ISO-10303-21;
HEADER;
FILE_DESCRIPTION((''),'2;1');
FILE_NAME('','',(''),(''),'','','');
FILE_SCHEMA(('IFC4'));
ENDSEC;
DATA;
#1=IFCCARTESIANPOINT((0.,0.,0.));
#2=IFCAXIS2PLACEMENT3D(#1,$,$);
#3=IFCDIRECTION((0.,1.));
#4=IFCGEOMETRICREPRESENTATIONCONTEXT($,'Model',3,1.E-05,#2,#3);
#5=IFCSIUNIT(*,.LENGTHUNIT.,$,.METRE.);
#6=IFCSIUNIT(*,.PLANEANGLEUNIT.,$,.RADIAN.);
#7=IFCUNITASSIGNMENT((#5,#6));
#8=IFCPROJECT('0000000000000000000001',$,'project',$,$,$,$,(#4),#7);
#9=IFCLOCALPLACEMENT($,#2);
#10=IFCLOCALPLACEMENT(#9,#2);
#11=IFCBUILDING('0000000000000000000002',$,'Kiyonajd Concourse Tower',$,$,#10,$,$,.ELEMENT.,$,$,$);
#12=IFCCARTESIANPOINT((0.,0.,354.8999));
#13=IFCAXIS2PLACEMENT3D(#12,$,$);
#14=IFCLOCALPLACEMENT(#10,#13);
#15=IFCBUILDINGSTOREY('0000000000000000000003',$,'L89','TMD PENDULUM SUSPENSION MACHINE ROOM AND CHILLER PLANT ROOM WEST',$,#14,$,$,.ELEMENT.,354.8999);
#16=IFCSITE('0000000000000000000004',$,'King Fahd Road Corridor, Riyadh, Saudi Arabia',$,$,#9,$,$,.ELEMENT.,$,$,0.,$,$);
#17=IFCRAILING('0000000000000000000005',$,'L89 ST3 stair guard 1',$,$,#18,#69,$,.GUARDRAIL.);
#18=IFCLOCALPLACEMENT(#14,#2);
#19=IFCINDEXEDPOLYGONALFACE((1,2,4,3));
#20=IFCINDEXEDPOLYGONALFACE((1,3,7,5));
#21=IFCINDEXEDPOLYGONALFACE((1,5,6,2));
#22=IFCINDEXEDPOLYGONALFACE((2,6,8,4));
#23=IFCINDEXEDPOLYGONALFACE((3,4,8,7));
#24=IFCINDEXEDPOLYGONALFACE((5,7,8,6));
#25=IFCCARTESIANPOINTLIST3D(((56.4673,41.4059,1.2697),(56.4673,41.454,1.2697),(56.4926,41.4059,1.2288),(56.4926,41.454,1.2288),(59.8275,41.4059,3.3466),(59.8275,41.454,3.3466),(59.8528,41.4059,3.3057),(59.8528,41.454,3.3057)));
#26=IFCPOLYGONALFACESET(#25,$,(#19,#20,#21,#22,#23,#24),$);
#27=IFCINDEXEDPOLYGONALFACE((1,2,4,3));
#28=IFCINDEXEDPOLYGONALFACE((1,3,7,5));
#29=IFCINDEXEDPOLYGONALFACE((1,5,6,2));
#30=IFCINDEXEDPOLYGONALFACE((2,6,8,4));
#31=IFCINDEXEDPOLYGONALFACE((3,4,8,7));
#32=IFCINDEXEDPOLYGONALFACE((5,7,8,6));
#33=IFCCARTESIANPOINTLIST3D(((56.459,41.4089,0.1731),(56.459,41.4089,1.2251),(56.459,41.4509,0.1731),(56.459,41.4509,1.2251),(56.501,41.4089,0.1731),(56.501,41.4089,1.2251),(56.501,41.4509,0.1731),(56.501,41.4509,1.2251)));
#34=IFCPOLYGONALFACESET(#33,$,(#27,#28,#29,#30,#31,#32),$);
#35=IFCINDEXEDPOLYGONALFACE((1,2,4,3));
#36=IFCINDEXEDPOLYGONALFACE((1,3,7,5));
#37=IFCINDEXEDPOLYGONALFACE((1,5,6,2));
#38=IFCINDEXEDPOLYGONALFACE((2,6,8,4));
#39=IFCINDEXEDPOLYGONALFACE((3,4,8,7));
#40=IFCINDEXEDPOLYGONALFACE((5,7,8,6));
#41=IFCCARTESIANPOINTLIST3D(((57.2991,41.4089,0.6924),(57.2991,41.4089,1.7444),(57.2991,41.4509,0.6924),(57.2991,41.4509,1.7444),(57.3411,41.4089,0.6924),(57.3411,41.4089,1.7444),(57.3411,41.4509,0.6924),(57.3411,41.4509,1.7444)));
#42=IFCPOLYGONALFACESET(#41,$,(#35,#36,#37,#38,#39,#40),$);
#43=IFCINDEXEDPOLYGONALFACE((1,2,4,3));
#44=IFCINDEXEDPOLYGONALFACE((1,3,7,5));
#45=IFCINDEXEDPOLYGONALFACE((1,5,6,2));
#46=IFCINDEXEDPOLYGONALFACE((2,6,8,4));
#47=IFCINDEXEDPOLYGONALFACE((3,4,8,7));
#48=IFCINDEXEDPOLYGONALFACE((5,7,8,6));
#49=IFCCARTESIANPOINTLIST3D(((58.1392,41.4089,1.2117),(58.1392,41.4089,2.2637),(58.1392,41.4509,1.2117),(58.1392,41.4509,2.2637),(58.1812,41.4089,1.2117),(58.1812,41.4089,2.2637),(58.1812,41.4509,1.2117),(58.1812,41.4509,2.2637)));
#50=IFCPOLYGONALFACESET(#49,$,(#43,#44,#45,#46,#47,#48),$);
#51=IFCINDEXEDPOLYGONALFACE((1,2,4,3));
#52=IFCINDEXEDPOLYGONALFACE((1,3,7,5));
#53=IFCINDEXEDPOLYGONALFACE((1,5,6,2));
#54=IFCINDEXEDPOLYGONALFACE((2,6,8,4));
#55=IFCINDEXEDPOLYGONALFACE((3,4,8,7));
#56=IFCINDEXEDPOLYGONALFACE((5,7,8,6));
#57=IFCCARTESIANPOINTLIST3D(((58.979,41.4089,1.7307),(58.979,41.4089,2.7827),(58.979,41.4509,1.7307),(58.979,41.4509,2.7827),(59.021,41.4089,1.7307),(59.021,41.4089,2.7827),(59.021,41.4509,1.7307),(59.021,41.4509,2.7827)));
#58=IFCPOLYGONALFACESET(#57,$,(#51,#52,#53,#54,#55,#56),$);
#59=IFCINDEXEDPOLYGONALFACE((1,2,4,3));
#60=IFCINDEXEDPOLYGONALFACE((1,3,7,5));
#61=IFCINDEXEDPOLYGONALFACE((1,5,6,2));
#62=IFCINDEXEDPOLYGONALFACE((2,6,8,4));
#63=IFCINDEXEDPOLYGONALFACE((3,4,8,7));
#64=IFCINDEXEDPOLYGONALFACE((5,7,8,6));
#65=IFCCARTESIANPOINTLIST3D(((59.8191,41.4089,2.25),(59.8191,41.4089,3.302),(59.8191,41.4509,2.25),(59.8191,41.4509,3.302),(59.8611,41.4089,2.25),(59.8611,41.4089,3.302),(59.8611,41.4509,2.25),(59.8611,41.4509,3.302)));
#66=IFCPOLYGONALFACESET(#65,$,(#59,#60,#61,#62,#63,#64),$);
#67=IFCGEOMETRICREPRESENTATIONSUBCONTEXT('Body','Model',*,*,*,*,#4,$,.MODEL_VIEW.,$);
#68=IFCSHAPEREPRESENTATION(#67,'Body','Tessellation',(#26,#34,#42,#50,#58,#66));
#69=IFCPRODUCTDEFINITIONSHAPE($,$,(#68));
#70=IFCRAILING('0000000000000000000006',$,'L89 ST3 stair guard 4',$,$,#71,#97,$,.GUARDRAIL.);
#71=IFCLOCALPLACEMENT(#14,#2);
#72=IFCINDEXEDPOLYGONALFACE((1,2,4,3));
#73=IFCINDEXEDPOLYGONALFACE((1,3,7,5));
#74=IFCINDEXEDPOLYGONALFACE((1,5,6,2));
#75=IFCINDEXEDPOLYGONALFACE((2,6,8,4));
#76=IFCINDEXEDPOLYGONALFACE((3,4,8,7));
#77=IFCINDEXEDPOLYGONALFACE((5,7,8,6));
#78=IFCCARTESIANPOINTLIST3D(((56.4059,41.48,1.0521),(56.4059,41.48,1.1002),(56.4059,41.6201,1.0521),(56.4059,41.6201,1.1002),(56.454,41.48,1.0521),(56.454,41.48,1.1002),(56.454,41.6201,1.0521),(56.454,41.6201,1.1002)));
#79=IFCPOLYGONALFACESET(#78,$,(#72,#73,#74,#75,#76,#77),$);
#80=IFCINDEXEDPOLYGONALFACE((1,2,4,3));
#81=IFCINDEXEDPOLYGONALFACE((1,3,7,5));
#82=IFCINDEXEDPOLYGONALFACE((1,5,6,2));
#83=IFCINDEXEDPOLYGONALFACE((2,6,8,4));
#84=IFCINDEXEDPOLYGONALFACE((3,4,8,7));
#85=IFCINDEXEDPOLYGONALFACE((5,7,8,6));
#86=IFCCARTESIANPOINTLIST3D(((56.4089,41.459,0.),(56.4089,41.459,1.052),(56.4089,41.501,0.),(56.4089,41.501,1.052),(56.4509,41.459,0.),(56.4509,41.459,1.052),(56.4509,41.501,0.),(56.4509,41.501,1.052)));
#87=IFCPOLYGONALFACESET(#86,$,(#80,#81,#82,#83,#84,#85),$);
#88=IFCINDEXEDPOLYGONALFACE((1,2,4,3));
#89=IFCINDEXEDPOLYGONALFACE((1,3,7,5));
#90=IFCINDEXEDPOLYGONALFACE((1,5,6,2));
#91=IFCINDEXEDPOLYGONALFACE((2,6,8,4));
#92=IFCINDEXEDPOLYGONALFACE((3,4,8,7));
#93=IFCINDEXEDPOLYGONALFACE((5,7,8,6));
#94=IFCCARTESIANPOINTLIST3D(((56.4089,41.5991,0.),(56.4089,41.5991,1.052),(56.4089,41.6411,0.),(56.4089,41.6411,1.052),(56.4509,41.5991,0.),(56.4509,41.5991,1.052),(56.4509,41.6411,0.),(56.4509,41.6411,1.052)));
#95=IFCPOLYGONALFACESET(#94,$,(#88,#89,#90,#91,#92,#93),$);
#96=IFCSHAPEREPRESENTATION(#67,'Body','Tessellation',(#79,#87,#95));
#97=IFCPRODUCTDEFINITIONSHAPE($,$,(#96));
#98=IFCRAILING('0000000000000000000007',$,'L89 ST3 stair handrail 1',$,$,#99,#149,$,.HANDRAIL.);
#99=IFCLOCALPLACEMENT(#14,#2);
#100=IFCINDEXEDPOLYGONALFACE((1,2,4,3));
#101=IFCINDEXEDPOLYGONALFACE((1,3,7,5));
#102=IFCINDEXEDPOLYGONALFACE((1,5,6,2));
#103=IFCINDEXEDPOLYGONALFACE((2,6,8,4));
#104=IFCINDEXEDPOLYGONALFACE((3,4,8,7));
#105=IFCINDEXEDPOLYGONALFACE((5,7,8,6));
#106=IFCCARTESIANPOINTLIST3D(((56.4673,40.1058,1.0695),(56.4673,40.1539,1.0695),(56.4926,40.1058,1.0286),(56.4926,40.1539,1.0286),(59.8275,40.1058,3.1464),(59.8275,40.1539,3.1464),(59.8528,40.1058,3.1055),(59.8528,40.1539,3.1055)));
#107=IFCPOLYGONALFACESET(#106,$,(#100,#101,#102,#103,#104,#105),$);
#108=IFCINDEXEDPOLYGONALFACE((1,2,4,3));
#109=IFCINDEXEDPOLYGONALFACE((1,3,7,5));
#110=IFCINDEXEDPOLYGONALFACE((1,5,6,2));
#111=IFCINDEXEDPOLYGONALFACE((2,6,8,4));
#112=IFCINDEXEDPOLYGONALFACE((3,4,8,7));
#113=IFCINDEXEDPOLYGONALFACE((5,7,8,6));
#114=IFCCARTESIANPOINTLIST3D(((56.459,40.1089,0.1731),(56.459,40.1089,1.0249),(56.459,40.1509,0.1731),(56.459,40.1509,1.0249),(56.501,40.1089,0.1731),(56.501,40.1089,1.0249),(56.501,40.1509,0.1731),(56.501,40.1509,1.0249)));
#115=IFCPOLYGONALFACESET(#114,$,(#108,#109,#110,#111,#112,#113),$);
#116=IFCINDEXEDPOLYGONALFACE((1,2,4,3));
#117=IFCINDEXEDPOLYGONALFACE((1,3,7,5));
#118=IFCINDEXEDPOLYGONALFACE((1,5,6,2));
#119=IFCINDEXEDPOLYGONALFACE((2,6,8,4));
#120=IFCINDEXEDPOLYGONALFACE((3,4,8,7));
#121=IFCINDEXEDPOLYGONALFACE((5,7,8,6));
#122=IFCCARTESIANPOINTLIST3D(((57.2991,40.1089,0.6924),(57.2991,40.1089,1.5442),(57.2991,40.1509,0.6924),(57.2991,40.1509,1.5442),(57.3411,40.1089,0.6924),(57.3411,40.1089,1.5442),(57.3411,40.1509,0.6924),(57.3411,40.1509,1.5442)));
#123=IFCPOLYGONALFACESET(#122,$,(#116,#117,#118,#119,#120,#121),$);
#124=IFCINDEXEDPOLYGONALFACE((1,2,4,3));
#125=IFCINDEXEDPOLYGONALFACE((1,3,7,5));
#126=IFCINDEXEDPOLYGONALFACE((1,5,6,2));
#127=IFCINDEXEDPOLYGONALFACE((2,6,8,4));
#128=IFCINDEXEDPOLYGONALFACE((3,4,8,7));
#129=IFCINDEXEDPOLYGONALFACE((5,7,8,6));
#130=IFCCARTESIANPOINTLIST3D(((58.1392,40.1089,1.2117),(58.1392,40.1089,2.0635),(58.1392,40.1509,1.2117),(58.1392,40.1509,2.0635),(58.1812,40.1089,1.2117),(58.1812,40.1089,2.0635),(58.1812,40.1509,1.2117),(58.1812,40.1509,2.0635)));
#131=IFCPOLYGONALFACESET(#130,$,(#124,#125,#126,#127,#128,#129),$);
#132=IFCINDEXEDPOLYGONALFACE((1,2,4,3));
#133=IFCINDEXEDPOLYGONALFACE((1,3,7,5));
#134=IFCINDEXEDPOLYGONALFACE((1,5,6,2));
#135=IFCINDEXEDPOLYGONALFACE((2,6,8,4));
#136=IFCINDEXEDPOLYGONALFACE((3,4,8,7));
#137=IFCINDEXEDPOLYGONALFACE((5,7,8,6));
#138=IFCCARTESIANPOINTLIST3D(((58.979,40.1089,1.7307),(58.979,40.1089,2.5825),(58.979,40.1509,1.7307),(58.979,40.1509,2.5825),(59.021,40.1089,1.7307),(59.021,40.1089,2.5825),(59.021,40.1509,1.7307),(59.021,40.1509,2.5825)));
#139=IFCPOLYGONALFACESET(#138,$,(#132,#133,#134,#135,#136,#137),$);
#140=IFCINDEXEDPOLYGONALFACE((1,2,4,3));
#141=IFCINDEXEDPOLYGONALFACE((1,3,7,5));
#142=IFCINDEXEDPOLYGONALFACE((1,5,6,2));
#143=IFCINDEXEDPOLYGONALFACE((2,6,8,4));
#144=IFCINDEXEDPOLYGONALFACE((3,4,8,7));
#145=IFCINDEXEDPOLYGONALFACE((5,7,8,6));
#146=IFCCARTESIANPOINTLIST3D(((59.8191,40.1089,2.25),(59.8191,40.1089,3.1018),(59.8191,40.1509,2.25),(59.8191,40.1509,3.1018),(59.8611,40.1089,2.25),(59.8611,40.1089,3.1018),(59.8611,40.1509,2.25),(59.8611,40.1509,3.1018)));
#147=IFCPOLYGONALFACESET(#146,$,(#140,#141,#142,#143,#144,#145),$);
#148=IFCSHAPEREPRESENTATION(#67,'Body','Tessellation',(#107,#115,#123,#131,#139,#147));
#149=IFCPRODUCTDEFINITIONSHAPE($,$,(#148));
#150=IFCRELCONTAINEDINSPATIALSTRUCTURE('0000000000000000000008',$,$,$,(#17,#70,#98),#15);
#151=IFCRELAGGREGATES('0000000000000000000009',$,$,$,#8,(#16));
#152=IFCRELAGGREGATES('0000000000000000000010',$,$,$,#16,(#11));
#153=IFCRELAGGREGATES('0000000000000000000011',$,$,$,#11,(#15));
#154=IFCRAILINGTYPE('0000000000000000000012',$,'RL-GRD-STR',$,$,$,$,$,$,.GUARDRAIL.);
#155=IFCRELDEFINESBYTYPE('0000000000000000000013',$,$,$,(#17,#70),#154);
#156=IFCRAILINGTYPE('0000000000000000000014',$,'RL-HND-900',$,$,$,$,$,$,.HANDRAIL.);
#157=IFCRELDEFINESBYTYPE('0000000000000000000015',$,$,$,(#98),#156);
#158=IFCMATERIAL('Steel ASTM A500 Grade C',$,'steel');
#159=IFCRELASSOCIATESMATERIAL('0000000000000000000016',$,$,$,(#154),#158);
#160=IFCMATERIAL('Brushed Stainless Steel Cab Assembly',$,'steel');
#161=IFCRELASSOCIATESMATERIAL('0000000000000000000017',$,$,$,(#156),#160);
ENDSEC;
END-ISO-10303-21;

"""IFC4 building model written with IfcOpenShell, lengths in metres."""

from ifc_helpers import new_model, si_unit, direction, frame, origin, origin_2d, place, context, subcontext, project, spatial, rectangle, extrude, material, type_object, element, save


model = new_model("IFC4")

# Units and contexts
model_context = context("Model", 3, precision=1e-05, world=origin(), true_north=direction((0.0, 1.0)))
body_context = subcontext(model_context, "Body", "Model", "MODEL_VIEW")
ifc_project = project(units=[si_unit("LENGTHUNIT", "METRE"), si_unit("PLANEANGLEUNIT", "RADIAN")], contexts=[model_context])

# Site, building, storey
site_placement = place(None, origin())
site = spatial("IfcSite", under=ifc_project, at=site_placement, Name="King Fahd Road Corridor, Riyadh, Saudi Arabia", CompositionType="ELEMENT", RefElevation=0.0)
building_placement = place(site_placement, origin())
building = spatial("IfcBuilding", under=site, at=building_placement, Name="Kiyonajd Concourse Tower", CompositionType="ELEMENT")
storey_placement = place(building_placement, frame((0.0, 0.0, 354.8999)))
storey = spatial("IfcBuildingStorey", under=building, at=storey_placement, Name="L89", Description="TMD PENDULUM SUSPENSION MACHINE ROOM AND CHILLER PLANT ROOM WEST", CompositionType="ELEMENT", Elevation=354.8999)

# Shared definitions
ifc_material_1 = material(Name="Steel ASTM A500 Grade C", Category="steel")

# Shared definitions
ifc_material_2 = material(Name="Brushed Stainless Steel Cab Assembly", Category="steel")

# Railings
railing_type_1 = type_object("IfcRailingType", Name="RL-GRD-STR", PredefinedType="GUARDRAIL", material=ifc_material_1)
railing_1_placement = place(storey_placement, frame((56.48, 41.4299, 0.1731)))
element("IfcRailing", 1, at=railing_1_placement, inside=storey, type_object=railing_type_1, Name="L89 ST3 stair guard 1", PredefinedType="GUARDRAIL", context=body_context, shape_type="SweptSolid", body=[
    extrude(rectangle(XDim=0.0481, YDim=0.0481, at=origin_2d()), frame((0.0, 0.0, 1.0762), z_axis=(0.850623, 0.0, 0.525776), x_axis=(0.0, 1.0, 0.0)), (0.0, 0.0, 1.0), 3.9502),
    extrude(rectangle(XDim=0.042, YDim=0.042, at=origin_2d()), origin(), (0.0, 0.0, 1.0), 1.052),
    extrude(rectangle(XDim=0.042, YDim=0.042, at=origin_2d()), frame((0.8401, 0.0, 0.5193)), (0.0, 0.0, 1.0), 1.052),
    extrude(rectangle(XDim=0.042, YDim=0.042, at=origin_2d()), frame((1.6802, 0.0, 1.0386)), (0.0, 0.0, 1.0), 1.052),
    extrude(rectangle(XDim=0.042, YDim=0.042, at=origin_2d()), frame((2.52, 0.0, 1.5576)), (0.0, 0.0, 1.0), 1.052),
    extrude(rectangle(XDim=0.042, YDim=0.042, at=origin_2d()), frame((3.3601, 0.0, 2.0769)), (0.0, 0.0, 1.0), 1.052),
])
railing_2_placement = place(storey_placement, frame((56.4299, 41.48, 0.0)))
element("IfcRailing", 2, at=railing_2_placement, inside=storey, type_object=railing_type_1, Name="L89 ST3 stair guard 4", PredefinedType="GUARDRAIL", context=body_context, shape_type="SweptSolid", body=[
    extrude(rectangle(XDim=0.0481, YDim=0.0481, at=origin_2d()), frame((0.0, 0.0, 1.0762), z_axis=(0.0, 1.0, 0.0), x_axis=(-1.0, 0.0, 0.0)), (0.0, 0.0, 1.0), 0.1401),
    extrude(rectangle(XDim=0.042, YDim=0.042, at=origin_2d()), origin(), (0.0, 0.0, 1.0), 1.052),
    extrude(rectangle(XDim=0.042, YDim=0.042, at=origin_2d()), frame((0.0, 0.1401, 0.0)), (0.0, 0.0, 1.0), 1.052),
])
railing_type_2 = type_object("IfcRailingType", Name="RL-HND-900", PredefinedType="HANDRAIL", material=ifc_material_2)
railing_3_placement = place(storey_placement, frame((56.48, 40.1299, 0.1731)))
element("IfcRailing", 3, at=railing_3_placement, inside=storey, type_object=railing_type_2, Name="L89 ST3 stair handrail 1", PredefinedType="HANDRAIL", context=body_context, shape_type="SweptSolid", body=[
    extrude(rectangle(XDim=0.0481, YDim=0.0481, at=origin_2d()), frame((0.0, 0.0, 0.876), z_axis=(0.850623, 0.0, 0.525776), x_axis=(0.0, 1.0, 0.0)), (0.0, 0.0, 1.0), 3.9502),
    extrude(rectangle(XDim=0.042, YDim=0.042, at=origin_2d()), origin(), (0.0, 0.0, 1.0), 0.8518),
    extrude(rectangle(XDim=0.042, YDim=0.042, at=origin_2d()), frame((0.8401, 0.0, 0.5193)), (0.0, 0.0, 1.0), 0.8518),
    extrude(rectangle(XDim=0.042, YDim=0.042, at=origin_2d()), frame((1.6802, 0.0, 1.0386)), (0.0, 0.0, 1.0), 0.8518),
    extrude(rectangle(XDim=0.042, YDim=0.042, at=origin_2d()), frame((2.52, 0.0, 1.5576)), (0.0, 0.0, 1.0), 0.8518),
    extrude(rectangle(XDim=0.042, YDim=0.042, at=origin_2d()), frame((3.3601, 0.0, 2.0769)), (0.0, 0.0, 1.0), 0.8518),
])

save(model, "model.ifc")
